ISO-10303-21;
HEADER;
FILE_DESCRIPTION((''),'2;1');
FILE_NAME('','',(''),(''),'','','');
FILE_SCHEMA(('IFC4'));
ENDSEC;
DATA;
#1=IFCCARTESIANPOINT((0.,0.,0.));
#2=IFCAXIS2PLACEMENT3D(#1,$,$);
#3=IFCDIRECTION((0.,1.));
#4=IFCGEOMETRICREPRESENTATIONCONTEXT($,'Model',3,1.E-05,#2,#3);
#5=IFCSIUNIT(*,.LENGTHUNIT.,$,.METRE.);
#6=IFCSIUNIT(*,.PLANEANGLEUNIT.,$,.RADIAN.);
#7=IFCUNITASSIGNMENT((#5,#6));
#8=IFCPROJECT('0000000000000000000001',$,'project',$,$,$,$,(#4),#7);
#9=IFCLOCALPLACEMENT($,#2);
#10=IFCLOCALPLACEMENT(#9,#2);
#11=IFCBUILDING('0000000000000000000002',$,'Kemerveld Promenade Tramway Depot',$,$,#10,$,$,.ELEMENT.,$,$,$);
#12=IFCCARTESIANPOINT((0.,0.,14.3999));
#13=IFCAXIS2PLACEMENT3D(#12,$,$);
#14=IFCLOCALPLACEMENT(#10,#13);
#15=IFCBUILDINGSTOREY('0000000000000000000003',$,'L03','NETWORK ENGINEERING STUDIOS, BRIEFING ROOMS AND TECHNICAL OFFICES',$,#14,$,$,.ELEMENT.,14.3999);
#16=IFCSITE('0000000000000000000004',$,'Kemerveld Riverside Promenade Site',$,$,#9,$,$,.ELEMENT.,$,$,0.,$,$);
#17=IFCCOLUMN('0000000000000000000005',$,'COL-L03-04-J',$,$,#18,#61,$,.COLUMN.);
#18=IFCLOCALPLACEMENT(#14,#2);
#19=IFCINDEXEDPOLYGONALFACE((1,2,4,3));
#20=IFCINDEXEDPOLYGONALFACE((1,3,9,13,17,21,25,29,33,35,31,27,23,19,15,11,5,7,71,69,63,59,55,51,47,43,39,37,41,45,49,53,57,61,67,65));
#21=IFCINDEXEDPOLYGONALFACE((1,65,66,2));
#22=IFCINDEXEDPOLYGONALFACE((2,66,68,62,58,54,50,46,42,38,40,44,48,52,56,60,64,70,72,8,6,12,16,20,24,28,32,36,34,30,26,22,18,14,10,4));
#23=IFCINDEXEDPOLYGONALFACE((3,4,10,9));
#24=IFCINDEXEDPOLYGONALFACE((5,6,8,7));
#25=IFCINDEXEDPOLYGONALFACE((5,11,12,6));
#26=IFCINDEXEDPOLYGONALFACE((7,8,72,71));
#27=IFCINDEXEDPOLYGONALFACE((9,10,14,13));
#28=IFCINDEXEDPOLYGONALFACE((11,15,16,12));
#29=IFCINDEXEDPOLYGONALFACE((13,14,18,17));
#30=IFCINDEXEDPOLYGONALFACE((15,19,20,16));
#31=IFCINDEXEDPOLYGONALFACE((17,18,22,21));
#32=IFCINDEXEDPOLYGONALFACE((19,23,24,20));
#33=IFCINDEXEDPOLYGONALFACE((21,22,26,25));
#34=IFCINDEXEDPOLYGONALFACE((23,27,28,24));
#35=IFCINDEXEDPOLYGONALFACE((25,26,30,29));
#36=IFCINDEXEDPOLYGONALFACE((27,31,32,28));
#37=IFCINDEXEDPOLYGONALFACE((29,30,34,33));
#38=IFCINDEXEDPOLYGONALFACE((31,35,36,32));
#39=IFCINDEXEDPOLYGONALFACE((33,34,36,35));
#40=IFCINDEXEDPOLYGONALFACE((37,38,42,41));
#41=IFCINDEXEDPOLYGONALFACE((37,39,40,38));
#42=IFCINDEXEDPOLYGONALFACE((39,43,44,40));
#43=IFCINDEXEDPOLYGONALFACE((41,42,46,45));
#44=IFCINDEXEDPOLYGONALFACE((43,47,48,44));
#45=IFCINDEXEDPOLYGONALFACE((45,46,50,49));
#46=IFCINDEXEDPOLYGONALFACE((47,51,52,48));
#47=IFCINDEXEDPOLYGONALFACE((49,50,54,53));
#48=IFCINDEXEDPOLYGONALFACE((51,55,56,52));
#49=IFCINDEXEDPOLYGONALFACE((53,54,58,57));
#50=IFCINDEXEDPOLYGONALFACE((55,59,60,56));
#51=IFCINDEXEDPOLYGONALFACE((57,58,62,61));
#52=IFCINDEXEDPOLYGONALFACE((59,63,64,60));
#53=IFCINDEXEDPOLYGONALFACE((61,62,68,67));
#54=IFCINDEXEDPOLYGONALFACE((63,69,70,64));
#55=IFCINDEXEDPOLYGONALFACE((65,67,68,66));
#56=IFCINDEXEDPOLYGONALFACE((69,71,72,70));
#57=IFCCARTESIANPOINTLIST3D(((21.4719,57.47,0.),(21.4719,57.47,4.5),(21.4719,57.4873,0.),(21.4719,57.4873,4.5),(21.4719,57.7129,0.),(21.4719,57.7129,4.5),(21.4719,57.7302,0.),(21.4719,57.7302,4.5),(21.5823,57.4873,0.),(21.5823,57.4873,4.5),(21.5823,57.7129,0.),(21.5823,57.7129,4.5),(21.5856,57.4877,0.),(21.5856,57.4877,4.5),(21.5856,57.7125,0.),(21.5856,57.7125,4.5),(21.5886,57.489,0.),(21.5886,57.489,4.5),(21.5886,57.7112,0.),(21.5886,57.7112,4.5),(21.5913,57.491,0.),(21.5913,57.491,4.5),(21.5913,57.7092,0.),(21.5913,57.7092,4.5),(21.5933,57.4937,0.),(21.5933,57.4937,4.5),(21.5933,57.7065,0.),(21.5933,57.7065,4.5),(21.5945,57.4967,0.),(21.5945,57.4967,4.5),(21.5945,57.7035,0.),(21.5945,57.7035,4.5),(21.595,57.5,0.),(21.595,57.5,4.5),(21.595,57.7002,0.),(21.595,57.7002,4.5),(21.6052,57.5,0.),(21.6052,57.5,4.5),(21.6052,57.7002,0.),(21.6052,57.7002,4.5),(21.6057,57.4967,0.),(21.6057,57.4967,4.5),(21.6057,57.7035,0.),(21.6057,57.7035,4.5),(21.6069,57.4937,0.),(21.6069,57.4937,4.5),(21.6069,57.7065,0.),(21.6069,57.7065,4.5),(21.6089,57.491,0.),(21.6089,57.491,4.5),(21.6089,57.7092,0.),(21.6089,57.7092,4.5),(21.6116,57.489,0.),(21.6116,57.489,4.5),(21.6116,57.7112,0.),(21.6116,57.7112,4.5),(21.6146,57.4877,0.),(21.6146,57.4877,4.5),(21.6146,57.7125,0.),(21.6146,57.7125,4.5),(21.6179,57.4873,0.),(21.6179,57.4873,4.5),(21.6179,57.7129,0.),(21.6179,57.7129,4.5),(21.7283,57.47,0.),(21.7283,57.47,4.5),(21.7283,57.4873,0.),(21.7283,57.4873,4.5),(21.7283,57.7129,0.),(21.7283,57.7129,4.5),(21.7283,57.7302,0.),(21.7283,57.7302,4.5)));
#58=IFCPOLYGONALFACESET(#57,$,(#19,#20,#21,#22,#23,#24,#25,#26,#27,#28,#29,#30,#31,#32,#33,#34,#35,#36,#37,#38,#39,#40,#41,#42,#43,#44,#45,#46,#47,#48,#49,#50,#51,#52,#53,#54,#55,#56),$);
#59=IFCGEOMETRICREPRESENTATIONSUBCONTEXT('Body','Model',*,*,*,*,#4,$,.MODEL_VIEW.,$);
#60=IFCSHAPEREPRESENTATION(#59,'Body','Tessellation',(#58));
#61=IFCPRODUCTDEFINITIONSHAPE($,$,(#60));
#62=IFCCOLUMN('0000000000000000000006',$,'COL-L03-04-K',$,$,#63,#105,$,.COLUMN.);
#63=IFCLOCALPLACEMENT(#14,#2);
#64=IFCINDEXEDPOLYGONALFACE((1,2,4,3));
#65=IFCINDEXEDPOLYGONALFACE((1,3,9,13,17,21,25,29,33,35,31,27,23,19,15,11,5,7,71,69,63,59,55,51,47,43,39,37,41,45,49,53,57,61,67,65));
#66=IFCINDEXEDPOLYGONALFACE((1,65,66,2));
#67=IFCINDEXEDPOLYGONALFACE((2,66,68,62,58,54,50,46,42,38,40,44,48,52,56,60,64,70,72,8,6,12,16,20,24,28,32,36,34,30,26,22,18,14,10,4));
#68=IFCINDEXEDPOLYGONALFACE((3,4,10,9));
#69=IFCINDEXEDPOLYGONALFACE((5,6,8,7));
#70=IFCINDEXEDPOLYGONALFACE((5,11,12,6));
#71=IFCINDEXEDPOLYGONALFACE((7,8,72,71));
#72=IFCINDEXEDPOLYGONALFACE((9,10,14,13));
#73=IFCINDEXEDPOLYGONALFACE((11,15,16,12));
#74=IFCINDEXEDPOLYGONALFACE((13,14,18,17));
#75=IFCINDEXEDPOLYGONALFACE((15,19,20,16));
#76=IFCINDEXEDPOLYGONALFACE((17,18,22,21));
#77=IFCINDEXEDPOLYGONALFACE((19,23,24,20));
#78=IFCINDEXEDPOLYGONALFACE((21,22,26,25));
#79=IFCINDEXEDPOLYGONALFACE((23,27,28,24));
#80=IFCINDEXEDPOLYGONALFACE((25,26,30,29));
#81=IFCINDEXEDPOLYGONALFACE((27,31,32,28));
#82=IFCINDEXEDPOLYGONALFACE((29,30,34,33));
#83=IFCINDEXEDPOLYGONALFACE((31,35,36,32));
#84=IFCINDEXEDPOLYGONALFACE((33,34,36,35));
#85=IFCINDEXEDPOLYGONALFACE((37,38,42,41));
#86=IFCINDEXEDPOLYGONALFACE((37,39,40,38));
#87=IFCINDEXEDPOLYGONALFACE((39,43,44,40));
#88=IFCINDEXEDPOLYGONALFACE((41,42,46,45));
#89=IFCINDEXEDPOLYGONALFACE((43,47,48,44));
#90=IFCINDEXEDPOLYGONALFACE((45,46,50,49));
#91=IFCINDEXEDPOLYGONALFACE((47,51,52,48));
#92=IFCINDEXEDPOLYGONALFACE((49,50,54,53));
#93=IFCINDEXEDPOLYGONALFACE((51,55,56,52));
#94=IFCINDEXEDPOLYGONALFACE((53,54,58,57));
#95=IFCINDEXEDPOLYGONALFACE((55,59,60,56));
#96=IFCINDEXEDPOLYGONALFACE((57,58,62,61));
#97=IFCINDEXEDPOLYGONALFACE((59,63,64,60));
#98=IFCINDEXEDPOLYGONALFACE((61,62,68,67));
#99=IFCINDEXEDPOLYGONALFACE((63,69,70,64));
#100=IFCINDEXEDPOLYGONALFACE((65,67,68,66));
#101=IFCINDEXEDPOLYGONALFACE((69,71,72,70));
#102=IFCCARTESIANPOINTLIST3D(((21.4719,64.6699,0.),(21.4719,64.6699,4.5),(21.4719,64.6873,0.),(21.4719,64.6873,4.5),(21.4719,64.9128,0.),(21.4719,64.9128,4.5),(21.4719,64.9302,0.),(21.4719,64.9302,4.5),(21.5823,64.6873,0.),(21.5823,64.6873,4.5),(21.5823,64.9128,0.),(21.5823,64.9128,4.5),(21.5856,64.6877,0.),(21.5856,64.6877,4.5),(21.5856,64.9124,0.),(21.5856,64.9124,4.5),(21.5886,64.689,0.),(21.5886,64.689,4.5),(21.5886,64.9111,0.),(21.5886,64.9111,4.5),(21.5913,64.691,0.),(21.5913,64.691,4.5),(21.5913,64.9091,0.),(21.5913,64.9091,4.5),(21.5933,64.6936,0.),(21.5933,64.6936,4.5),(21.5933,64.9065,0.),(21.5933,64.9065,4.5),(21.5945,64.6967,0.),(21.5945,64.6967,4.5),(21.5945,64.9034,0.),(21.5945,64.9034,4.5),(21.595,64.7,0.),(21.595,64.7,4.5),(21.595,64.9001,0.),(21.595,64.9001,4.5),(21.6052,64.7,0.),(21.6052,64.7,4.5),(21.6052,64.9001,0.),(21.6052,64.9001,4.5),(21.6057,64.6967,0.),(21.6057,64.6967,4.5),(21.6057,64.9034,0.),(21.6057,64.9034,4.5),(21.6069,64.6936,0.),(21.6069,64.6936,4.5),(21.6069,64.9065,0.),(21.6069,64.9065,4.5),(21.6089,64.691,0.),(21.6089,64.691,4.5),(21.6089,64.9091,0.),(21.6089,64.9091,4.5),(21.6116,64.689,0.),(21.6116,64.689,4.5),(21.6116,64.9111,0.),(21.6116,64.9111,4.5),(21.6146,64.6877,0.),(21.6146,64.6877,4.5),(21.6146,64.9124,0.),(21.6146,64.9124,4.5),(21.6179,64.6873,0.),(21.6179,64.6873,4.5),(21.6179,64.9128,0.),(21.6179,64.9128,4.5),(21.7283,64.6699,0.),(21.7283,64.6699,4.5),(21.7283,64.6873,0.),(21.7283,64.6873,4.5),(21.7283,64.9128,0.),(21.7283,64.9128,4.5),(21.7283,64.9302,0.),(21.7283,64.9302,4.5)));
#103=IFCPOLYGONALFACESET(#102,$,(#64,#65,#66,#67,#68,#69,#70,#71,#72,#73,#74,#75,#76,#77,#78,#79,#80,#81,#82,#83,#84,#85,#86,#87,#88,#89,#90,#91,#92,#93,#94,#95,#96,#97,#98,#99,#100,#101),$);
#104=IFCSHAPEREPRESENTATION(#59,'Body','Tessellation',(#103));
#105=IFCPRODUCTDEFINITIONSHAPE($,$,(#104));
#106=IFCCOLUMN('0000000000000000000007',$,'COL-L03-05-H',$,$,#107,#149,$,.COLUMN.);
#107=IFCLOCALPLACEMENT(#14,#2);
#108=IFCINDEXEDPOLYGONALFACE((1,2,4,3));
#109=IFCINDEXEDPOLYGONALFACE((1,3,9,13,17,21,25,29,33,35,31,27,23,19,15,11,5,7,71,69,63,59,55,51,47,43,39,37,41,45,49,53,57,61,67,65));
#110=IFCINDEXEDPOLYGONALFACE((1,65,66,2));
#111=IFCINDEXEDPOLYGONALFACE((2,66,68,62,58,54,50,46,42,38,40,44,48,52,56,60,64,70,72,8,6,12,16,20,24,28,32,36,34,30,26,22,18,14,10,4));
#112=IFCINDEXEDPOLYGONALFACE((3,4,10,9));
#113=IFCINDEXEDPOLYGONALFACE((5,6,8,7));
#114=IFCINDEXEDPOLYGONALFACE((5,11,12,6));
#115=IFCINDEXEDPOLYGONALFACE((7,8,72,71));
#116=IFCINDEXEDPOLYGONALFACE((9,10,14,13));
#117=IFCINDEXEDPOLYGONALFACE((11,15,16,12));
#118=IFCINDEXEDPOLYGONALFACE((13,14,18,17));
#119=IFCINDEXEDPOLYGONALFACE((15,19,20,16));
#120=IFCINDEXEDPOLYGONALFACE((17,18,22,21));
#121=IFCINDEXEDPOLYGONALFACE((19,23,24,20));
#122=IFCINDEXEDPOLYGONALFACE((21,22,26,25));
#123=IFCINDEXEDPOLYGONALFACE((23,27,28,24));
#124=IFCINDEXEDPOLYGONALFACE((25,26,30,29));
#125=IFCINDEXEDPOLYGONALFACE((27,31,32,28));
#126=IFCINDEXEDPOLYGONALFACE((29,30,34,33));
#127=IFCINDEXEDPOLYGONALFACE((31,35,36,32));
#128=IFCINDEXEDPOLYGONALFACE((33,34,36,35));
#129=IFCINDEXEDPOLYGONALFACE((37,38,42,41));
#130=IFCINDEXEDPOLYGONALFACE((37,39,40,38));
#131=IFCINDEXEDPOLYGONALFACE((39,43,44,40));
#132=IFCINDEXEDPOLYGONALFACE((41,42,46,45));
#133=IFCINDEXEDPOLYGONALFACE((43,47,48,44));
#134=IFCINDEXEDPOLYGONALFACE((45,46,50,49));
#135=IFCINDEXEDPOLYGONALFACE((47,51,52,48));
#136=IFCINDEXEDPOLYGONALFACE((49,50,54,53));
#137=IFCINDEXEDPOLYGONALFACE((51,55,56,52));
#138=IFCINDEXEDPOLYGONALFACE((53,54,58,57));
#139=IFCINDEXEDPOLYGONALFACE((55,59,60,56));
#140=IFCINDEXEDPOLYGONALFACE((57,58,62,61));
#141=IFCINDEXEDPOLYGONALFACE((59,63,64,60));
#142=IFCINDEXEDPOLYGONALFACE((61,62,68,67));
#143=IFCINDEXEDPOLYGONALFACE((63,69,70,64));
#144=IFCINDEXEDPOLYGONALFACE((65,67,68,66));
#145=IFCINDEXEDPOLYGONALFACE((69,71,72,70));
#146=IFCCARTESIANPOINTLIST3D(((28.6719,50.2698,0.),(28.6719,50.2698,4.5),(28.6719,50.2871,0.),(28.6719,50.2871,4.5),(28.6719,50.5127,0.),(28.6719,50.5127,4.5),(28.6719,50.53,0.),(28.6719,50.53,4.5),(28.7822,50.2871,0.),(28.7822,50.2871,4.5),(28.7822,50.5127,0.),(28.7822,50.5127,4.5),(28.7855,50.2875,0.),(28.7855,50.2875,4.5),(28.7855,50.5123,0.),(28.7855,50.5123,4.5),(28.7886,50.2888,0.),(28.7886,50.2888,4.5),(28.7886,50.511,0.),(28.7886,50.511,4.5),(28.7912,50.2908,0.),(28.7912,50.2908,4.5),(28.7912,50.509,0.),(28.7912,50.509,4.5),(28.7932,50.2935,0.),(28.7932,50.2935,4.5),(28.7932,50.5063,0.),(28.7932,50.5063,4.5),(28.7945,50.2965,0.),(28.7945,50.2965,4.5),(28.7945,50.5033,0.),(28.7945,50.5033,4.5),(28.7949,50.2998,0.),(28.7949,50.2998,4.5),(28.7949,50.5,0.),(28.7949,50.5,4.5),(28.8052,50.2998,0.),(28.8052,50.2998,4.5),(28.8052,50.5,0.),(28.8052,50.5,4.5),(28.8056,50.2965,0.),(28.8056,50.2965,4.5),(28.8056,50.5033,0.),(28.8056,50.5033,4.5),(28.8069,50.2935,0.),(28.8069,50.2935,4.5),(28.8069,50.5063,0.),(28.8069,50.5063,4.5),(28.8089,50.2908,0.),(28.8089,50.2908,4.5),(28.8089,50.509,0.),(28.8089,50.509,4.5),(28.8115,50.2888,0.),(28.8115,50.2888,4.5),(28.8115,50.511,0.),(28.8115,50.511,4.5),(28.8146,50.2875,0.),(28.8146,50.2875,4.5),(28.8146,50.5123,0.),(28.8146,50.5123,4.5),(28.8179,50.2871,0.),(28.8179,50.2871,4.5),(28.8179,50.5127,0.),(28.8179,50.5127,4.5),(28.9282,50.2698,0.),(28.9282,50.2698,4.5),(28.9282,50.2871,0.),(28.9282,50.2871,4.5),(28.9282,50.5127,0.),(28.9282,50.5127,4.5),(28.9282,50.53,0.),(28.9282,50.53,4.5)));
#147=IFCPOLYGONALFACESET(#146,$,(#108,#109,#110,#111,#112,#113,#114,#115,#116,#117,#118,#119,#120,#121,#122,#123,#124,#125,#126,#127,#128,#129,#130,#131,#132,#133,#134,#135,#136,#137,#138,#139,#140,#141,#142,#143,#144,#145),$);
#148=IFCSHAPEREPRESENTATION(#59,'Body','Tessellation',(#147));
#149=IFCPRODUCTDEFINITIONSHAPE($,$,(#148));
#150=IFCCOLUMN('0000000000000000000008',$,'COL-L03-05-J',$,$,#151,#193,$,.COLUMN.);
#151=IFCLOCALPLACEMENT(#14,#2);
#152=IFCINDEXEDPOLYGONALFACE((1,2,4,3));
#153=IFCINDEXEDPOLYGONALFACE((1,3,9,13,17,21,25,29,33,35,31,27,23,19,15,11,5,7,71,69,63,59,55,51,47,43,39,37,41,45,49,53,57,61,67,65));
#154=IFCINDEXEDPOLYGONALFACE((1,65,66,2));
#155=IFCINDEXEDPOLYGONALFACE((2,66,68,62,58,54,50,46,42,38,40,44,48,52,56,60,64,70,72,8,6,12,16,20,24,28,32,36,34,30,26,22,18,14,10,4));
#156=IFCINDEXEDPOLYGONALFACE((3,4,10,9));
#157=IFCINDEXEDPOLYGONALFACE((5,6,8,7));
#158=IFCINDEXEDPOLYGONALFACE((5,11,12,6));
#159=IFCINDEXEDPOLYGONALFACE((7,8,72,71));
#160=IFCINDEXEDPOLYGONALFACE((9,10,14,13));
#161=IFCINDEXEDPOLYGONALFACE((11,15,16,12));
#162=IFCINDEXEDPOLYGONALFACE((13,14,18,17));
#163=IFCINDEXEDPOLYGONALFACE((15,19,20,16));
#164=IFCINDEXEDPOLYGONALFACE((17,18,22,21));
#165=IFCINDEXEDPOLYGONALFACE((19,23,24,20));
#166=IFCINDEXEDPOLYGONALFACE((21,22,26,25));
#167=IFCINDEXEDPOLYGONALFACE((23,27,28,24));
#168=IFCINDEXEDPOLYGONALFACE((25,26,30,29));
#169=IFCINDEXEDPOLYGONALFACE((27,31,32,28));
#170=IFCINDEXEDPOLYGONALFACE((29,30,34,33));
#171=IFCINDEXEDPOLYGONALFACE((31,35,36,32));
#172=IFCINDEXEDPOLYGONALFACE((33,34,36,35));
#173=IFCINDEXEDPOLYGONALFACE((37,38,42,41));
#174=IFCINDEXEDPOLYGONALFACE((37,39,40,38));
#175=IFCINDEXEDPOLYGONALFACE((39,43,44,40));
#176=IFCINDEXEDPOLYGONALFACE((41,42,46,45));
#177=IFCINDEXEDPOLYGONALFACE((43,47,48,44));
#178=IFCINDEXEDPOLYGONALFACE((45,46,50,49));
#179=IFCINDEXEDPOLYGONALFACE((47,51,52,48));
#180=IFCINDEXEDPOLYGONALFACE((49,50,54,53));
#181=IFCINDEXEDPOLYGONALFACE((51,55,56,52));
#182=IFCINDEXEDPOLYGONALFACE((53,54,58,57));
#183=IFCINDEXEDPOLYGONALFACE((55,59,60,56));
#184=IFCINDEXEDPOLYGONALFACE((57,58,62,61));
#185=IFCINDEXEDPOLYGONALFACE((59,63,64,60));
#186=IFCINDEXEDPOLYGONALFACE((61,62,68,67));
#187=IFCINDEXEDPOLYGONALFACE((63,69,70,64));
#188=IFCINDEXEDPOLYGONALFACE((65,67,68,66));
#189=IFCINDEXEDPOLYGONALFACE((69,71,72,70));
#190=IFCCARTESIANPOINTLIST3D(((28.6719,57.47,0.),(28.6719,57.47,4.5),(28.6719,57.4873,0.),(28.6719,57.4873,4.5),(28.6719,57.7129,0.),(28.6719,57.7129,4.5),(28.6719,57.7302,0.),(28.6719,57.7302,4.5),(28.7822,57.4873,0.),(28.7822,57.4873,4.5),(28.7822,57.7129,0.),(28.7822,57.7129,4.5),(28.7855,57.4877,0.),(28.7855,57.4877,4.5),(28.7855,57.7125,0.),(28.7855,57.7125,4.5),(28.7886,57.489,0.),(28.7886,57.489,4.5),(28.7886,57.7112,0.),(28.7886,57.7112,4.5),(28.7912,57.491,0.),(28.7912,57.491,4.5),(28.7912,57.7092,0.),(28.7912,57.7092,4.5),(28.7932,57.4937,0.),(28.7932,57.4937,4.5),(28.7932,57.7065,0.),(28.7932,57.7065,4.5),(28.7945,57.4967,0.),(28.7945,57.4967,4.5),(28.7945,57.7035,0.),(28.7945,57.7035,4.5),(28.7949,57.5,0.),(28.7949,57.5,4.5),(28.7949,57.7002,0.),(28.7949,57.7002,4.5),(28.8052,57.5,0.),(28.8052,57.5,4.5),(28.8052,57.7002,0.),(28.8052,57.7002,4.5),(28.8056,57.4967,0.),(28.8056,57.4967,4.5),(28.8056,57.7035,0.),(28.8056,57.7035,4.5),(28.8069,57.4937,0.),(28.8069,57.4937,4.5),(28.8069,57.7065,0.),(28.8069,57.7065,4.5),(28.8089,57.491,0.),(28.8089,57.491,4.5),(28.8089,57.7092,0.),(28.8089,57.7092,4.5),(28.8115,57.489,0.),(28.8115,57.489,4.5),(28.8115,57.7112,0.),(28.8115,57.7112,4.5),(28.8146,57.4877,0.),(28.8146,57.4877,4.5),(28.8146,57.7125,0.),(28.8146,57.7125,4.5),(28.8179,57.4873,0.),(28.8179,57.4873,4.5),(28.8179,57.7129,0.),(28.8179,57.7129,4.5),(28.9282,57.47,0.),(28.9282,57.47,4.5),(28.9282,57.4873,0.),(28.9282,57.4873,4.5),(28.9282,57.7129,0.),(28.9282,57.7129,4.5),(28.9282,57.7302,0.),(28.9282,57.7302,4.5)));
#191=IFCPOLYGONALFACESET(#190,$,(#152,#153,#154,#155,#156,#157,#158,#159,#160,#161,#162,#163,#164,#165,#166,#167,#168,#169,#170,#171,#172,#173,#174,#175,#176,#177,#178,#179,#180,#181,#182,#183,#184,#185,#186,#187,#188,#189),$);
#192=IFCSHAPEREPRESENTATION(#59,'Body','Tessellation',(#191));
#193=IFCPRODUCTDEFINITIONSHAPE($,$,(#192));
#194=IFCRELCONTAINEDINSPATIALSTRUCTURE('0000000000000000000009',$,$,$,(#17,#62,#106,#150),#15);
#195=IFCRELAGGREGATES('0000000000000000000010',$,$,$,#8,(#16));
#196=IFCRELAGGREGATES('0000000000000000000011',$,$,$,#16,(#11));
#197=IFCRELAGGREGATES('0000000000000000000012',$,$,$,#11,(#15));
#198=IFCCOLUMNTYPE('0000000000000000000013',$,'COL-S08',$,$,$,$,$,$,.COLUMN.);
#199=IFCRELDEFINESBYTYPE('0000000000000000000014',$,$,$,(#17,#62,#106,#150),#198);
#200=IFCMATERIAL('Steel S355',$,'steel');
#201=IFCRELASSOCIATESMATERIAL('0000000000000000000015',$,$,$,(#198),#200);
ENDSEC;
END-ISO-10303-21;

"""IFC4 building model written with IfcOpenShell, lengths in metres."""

from ifc_helpers import new_model, si_unit, direction, frame, origin, origin_2d, place, context, subcontext, project, spatial, i_section, extrude, material, material_profile, profile_set, type_object, element, save


model = new_model("IFC4")

# Units and contexts
model_context = context("Model", 3, precision=1e-05, world=origin(), true_north=direction((0.0, 1.0)))
body_context = subcontext(model_context, "Body", "Model", "MODEL_VIEW")
ifc_project = project(units=[si_unit("LENGTHUNIT", "METRE"), si_unit("PLANEANGLEUNIT", "RADIAN")], contexts=[model_context])

# Site, building, storey
site_placement = place(None, origin())
site = spatial("IfcSite", under=ifc_project, at=site_placement, Name="Kemerveld Riverside Promenade Site", CompositionType="ELEMENT", RefElevation=0.0)
building_placement = place(site_placement, origin())
building = spatial("IfcBuilding", under=site, at=building_placement, Name="Kemerveld Promenade Tramway Depot", CompositionType="ELEMENT")
storey_placement = place(building_placement, frame((0.0, 0.0, 14.3999)))
storey = spatial("IfcBuildingStorey", under=building, at=storey_placement, Name="L03", Description="NETWORK ENGINEERING STUDIOS, BRIEFING ROOMS AND TECHNICAL OFFICES", CompositionType="ELEMENT", Elevation=14.3999)

# Columns
ifc_material_1 = material(Name="Steel S355", Category="steel")
ifc_material_profile_1 = material_profile(ifc_material_1, i_section(OverallWidth=0.2563, OverallDepth=0.2603, WebThickness=0.0103, FlangeThickness=0.0173, FilletRadius=0.0127, at=origin_2d()), Name="254x254x89 UC")
ifc_profile_set_1 = profile_set([ifc_material_profile_1], Name="Steel S355")
column_type = type_object("IfcColumnType", Name="COL-S08", PredefinedType="COLUMN", material=ifc_profile_set_1)
for number, where, z_axis, x_axis, name in (
    (1, (21.6001, 57.6001, 0.0), (0.0, 0.0, 1.0), (1.0, 0.0, 0.0), "COL-L03-04-J"),
    (2, (21.6001, 64.8, 0.0), (0.0, 0.0, 1.0), (1.0, 0.0, 0.0), "COL-L03-04-K"),
    (3, (28.8, 50.3999, 0.0), (0.0, 0.0, 1.0), (1.0, 0.0, 0.0), "COL-L03-05-H"),
    (4, (28.8, 57.6001, 0.0), (0.0, 0.0, 1.0), (1.0, 0.0, 0.0), "COL-L03-05-J"),
):
    element("IfcColumn", number, at=place(storey_placement, frame(where, z_axis=z_axis, x_axis=x_axis)), inside=storey, type_object=column_type, Name=name, PredefinedType="COLUMN", context=body_context, shape_type="SweptSolid", body=[
        extrude(i_section(OverallWidth=0.2563, OverallDepth=0.2603, WebThickness=0.0103, FlangeThickness=0.0173, FilletRadius=0.0127, at=origin_2d()), origin(), (0.0, 0.0, 1.0), 4.5),
    ])

save(model, "model.ifc")
